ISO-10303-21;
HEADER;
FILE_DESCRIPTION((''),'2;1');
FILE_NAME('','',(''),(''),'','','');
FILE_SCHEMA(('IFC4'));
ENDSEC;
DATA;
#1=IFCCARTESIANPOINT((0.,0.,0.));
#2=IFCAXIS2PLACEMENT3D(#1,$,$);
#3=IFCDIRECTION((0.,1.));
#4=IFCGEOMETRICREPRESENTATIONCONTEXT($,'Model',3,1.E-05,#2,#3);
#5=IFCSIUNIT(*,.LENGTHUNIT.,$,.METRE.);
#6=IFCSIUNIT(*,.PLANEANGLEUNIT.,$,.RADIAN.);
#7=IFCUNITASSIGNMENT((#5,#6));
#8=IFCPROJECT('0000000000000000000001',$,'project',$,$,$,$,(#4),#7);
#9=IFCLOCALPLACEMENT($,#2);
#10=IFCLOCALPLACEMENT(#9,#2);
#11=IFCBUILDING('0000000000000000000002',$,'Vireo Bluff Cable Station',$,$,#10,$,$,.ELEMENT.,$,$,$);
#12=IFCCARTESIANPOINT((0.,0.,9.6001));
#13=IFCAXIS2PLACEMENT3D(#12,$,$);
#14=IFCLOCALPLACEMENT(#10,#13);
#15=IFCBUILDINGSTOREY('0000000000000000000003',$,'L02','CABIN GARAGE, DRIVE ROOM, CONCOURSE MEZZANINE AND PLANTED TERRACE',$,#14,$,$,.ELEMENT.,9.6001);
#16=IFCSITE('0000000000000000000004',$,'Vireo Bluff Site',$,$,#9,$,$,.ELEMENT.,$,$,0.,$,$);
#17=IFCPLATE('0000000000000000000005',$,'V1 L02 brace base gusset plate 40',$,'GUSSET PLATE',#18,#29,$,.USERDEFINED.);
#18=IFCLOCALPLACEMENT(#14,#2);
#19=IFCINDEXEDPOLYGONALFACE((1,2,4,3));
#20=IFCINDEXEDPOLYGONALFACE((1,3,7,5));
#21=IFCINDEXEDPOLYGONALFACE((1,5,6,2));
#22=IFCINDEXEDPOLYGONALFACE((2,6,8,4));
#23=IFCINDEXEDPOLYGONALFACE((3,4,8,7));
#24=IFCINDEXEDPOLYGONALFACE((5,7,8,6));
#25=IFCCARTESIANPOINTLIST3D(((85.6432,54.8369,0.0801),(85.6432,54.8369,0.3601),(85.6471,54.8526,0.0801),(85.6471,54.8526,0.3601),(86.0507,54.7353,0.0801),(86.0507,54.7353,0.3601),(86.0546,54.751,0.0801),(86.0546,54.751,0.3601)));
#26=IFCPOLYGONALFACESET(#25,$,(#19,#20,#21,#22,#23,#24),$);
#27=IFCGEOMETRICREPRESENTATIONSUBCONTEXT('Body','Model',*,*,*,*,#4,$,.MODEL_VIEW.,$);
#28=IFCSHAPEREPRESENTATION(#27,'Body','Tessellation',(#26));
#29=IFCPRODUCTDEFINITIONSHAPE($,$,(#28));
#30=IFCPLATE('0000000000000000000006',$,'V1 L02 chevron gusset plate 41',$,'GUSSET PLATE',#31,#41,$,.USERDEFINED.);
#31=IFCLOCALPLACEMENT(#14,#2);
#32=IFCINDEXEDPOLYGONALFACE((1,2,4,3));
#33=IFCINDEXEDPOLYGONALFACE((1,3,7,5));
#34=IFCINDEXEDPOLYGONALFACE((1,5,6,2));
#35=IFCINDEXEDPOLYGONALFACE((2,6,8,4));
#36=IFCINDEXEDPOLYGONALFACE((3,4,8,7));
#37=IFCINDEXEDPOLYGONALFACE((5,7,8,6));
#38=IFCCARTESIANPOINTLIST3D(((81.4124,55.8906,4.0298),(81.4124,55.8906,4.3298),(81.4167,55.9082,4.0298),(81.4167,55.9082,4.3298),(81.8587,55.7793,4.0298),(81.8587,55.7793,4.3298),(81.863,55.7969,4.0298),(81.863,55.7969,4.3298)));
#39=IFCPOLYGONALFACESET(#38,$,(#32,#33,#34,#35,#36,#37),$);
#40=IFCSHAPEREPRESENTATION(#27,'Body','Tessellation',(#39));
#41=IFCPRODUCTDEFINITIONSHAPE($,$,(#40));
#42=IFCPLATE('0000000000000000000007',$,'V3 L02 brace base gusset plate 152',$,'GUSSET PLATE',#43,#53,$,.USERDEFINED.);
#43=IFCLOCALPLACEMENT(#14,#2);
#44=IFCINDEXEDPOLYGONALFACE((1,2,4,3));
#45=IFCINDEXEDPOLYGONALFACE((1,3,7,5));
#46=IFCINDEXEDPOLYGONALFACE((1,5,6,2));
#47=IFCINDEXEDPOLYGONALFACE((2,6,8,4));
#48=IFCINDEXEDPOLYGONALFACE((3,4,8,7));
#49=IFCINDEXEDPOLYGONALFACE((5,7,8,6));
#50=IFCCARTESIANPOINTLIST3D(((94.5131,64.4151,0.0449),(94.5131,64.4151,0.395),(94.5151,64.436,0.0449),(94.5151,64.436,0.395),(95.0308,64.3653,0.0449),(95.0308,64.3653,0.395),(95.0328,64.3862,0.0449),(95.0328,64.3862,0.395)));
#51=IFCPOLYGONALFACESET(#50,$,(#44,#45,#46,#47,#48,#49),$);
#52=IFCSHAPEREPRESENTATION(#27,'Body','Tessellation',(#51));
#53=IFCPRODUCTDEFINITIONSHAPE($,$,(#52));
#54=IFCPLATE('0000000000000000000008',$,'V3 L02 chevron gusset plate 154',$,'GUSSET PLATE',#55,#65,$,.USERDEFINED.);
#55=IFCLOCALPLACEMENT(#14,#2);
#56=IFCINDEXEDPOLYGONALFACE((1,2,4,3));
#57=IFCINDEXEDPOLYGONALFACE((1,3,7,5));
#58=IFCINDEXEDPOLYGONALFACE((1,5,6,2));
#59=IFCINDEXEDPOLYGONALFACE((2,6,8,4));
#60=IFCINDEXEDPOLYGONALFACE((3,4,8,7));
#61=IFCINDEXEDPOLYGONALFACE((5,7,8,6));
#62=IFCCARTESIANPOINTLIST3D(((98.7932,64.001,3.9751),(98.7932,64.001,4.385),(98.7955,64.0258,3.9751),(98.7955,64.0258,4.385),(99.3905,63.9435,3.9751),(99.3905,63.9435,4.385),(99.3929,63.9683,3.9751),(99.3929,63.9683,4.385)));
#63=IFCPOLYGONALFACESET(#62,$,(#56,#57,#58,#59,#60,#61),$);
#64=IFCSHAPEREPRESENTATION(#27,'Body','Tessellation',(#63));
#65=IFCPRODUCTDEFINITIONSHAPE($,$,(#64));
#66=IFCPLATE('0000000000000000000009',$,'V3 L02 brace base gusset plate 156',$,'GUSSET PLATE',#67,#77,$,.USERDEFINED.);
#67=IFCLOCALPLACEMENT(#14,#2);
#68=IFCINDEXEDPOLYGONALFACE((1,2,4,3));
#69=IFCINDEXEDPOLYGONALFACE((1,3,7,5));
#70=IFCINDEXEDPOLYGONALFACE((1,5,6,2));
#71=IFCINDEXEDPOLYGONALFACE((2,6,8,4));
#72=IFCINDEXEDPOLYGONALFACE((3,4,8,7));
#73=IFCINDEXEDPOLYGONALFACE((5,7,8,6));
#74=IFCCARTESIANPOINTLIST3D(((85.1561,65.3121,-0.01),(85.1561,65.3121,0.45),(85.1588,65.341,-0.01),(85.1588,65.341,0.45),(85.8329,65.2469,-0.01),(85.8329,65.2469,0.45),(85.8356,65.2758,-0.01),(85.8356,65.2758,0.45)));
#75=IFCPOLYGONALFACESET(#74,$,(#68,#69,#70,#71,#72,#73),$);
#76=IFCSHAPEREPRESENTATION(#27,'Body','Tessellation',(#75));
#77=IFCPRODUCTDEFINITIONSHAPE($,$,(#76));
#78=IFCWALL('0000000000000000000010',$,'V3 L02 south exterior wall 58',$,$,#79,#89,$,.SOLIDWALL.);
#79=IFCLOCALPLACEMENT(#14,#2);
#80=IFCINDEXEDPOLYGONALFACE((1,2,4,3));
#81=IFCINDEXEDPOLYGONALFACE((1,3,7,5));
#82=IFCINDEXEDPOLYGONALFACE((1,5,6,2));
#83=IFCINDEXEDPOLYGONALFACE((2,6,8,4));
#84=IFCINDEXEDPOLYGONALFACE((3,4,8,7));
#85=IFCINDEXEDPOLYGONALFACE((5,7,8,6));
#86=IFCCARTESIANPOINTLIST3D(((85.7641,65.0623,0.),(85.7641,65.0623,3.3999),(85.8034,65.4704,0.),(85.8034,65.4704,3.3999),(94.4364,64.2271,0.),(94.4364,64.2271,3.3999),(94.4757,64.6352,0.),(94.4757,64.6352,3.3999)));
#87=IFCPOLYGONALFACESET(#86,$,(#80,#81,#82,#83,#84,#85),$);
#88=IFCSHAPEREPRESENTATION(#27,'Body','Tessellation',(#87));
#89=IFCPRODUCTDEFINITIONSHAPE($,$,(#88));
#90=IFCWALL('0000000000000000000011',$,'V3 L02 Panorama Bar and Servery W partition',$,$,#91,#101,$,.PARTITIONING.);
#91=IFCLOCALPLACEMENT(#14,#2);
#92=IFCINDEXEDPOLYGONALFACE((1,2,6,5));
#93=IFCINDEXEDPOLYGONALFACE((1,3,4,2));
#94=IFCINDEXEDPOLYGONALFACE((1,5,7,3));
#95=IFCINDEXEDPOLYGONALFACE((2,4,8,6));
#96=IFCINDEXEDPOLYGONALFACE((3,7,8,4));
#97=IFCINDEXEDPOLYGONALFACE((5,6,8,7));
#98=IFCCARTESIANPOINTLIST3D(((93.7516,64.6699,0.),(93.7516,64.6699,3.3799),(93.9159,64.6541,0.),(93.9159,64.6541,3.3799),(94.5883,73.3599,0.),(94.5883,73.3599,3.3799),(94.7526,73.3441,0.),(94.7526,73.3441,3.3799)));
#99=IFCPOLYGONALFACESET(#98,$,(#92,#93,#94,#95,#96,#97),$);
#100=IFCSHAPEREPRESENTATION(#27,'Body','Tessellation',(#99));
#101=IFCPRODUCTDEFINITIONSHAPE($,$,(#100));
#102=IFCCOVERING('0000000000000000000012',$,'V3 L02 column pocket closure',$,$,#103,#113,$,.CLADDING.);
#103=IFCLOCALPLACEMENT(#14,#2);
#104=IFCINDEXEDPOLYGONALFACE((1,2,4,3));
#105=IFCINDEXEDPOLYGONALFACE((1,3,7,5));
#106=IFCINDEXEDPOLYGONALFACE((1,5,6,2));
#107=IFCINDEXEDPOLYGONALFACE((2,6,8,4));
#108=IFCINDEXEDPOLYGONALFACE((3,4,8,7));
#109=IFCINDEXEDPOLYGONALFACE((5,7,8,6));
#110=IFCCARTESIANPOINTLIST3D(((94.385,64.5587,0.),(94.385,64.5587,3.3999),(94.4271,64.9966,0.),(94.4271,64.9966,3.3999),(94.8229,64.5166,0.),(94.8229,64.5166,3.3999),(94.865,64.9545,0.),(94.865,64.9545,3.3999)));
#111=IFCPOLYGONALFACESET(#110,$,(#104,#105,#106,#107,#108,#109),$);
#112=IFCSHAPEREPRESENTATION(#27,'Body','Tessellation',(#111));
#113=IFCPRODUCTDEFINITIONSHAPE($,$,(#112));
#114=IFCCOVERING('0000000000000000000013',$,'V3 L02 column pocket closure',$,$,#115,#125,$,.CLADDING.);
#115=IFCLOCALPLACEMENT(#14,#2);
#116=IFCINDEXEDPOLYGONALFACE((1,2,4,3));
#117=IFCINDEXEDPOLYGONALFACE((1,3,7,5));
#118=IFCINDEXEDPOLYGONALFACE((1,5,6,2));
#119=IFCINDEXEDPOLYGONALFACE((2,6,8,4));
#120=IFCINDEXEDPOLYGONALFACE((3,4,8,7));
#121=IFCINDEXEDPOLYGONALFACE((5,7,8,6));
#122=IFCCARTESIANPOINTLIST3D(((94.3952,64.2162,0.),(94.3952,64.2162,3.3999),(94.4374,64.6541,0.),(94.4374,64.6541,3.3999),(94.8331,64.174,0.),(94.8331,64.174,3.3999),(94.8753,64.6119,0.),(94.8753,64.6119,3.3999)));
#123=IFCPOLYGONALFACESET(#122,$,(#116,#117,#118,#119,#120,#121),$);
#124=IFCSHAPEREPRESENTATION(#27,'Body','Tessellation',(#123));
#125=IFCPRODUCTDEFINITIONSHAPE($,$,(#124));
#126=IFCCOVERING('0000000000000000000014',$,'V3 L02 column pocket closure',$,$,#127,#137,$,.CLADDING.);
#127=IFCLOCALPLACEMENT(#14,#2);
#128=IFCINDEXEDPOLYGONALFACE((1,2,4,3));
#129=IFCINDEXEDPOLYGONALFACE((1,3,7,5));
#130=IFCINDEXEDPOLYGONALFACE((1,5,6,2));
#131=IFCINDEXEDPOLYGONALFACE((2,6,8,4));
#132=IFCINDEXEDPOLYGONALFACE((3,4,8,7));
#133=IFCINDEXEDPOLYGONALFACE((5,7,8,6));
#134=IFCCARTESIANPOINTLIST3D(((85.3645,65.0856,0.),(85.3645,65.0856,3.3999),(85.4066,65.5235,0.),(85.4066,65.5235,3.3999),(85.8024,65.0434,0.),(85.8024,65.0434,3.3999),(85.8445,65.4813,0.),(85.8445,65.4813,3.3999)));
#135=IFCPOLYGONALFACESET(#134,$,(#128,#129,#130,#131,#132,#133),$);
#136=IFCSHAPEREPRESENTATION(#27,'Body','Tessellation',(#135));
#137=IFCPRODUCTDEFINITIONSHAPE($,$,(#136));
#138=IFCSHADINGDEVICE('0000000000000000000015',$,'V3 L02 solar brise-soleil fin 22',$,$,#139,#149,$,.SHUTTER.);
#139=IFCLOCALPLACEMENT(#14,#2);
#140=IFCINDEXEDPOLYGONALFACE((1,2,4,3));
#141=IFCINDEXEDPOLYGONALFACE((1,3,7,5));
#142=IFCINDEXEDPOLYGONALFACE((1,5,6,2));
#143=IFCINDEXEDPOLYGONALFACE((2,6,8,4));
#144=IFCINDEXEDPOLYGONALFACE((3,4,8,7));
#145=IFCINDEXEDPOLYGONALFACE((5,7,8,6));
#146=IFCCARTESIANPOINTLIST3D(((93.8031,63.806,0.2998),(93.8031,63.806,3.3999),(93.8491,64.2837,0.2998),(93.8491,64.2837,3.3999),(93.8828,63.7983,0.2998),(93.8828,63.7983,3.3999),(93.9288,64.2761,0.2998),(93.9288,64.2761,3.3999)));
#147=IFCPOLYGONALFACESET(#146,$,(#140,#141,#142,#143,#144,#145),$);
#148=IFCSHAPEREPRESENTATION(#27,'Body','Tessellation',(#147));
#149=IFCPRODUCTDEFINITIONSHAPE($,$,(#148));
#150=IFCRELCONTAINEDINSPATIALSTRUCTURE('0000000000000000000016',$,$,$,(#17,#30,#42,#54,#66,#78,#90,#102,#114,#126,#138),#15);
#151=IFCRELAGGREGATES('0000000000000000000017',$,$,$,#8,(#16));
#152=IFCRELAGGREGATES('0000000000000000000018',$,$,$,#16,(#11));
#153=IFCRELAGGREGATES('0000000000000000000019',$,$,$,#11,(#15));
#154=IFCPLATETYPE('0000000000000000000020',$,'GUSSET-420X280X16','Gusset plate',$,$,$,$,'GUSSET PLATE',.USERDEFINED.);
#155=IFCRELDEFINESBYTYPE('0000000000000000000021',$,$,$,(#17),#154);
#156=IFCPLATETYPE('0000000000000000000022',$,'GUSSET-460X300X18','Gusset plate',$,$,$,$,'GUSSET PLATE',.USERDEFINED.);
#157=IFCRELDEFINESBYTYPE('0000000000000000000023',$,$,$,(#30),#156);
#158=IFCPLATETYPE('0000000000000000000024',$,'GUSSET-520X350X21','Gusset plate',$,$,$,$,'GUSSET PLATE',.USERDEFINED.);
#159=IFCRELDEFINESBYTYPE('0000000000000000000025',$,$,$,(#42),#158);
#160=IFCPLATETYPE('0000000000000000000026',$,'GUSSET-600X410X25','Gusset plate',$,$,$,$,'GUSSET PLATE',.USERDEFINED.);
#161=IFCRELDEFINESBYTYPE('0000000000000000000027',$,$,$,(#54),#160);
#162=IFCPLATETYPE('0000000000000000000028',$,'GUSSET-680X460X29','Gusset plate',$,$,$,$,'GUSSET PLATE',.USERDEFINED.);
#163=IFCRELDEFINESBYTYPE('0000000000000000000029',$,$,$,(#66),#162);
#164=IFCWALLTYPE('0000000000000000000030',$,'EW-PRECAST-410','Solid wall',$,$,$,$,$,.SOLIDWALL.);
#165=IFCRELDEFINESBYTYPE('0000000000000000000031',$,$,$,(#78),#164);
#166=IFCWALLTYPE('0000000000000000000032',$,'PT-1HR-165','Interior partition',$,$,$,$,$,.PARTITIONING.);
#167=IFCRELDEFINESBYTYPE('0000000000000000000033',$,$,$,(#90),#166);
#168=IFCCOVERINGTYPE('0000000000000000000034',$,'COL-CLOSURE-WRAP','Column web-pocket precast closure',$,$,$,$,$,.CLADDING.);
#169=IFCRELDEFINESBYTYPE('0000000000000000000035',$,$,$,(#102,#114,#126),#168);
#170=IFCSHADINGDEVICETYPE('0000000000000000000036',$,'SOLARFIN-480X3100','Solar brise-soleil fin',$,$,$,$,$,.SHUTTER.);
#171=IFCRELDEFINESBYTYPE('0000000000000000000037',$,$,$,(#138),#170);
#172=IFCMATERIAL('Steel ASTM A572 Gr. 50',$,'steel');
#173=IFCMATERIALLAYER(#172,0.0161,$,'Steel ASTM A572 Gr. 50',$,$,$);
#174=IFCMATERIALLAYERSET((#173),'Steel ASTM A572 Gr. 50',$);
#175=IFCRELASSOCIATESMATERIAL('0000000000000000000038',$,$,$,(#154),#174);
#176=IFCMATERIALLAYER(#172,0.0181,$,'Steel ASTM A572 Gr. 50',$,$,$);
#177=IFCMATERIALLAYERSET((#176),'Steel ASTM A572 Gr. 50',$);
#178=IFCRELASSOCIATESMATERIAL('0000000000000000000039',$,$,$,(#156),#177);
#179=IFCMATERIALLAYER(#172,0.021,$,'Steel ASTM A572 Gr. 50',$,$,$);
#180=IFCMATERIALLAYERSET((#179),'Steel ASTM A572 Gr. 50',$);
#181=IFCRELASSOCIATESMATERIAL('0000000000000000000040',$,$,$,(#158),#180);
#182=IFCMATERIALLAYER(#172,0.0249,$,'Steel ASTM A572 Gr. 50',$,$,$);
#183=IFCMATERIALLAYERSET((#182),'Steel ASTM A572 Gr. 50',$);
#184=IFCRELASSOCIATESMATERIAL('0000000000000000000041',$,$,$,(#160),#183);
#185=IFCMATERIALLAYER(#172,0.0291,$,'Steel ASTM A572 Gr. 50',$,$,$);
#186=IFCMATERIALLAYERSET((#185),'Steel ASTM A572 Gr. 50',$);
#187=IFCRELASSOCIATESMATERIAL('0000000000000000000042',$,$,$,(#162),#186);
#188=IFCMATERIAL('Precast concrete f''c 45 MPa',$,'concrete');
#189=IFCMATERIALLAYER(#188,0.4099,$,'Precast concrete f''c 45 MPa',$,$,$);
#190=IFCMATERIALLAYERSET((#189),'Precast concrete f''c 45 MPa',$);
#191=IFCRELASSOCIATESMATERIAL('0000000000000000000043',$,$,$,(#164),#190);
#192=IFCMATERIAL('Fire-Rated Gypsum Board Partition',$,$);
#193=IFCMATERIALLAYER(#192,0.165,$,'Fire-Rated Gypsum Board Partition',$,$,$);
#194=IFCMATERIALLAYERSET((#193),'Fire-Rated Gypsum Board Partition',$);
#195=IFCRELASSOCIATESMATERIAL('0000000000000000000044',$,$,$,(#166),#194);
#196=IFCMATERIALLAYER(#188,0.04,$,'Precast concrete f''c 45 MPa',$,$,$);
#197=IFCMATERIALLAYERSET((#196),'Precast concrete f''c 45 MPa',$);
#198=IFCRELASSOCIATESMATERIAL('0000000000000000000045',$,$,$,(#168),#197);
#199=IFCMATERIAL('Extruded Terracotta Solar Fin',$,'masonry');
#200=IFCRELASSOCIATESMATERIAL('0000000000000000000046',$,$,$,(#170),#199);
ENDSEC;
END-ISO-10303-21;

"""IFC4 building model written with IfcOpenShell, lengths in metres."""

from ifc_helpers import new_model, si_unit, direction, frame, frame_2d, origin, origin_2d, place, context, subcontext, project, spatial, rectangle, extrude, material, layer, layer_set, type_object, element, save


model = new_model("IFC4")

# Units and contexts
model_context = context("Model", 3, precision=1e-05, world=origin(), true_north=direction((0.0, 1.0)))
body_context = subcontext(model_context, "Body", "Model", "MODEL_VIEW")
ifc_project = project(units=[si_unit("LENGTHUNIT", "METRE"), si_unit("PLANEANGLEUNIT", "RADIAN")], contexts=[model_context])

# Site, building, storey
site_placement = place(None, origin())
site = spatial("IfcSite", under=ifc_project, at=site_placement, Name="Vireo Bluff Site", CompositionType="ELEMENT", RefElevation=0.0)
building_placement = place(site_placement, origin())
building = spatial("IfcBuilding", under=site, at=building_placement, Name="Vireo Bluff Cable Station", CompositionType="ELEMENT")
storey_placement = place(building_placement, frame((0.0, 0.0, 9.6001)))
storey = spatial("IfcBuildingStorey", under=building, at=storey_placement, Name="L02", Description="CABIN GARAGE, DRIVE ROOM, CONCOURSE MEZZANINE AND PLANTED TERRACE", CompositionType="ELEMENT", Elevation=9.6001)

# Plates
ifc_material_1 = material(Name="Steel ASTM A572 Gr. 50", Category="steel")
ifc_layer_1 = layer(ifc_material_1, 0.0161, Name="Steel ASTM A572 Gr. 50")
ifc_layer_set_1 = layer_set([ifc_layer_1], Name="Steel ASTM A572 Gr. 50")
plate_type_1 = type_object("IfcPlateType", Name="GUSSET-420X280X16", Description="Gusset plate", ElementType="GUSSET PLATE", PredefinedType="USERDEFINED", material=ifc_layer_set_1)
plate_1_placement = place(storey_placement, frame((85.8489, 54.7939, 0.0801), z_axis=(0.0, 0.0, 1.0), x_axis=(0.970296, -0.241922, 0.0)))
element("IfcPlate", 1, at=plate_1_placement, inside=storey, type_object=plate_type_1, Name="V1 L02 brace base gusset plate 40", ObjectType="GUSSET PLATE", PredefinedType="USERDEFINED", context=body_context, shape_type="SweptSolid", body=[
    extrude(rectangle(XDim=0.4199, YDim=0.0161, at=origin_2d()), origin(), (0.0, 0.0, 1.0), 0.28),
])
ifc_layer_2 = layer(ifc_material_1, 0.0181, Name="Steel ASTM A572 Gr. 50")
ifc_layer_set_2 = layer_set([ifc_layer_2], Name="Steel ASTM A572 Gr. 50")
plate_type_2 = type_object("IfcPlateType", Name="GUSSET-460X300X18", Description="Gusset plate", ElementType="GUSSET PLATE", PredefinedType="USERDEFINED", material=ifc_layer_set_2)
plate_2_placement = place(storey_placement, frame((81.6377, 55.8438, 4.0298), z_axis=(0.0, 0.0, 1.0), x_axis=(0.970296, -0.241922, 0.0)))
element("IfcPlate", 2, at=plate_2_placement, inside=storey, type_object=plate_type_2, Name="V1 L02 chevron gusset plate 41", ObjectType="GUSSET PLATE", PredefinedType="USERDEFINED", context=body_context, shape_type="SweptSolid", body=[
    extrude(rectangle(XDim=0.46, YDim=0.0181, at=origin_2d()), origin(), (0.0, 0.0, 1.0), 0.3),
])
ifc_layer_3 = layer(ifc_material_1, 0.021, Name="Steel ASTM A572 Gr. 50")
ifc_layer_set_3 = layer_set([ifc_layer_3], Name="Steel ASTM A572 Gr. 50")
plate_type_3 = type_object("IfcPlateType", Name="GUSSET-520X350X21", Description="Gusset plate", ElementType="GUSSET PLATE", PredefinedType="USERDEFINED", material=ifc_layer_set_3)
plate_3_placement = place(storey_placement, frame((94.7729, 64.4006, 0.0449), z_axis=(0.0, 0.0, 1.0), x_axis=(0.995396, -0.095846, 0.0)))
element("IfcPlate", 3, at=plate_3_placement, inside=storey, type_object=plate_type_3, Name="V3 L02 brace base gusset plate 152", ObjectType="GUSSET PLATE", PredefinedType="USERDEFINED", context=body_context, shape_type="SweptSolid", body=[
    extrude(rectangle(XDim=0.52, YDim=0.021, at=origin_2d()), origin(), (0.0, 0.0, 1.0), 0.3501),
])
ifc_layer_4 = layer(ifc_material_1, 0.0249, Name="Steel ASTM A572 Gr. 50")
ifc_layer_set_4 = layer_set([ifc_layer_4], Name="Steel ASTM A572 Gr. 50")
plate_type_4 = type_object("IfcPlateType", Name="GUSSET-600X410X25", Description="Gusset plate", ElementType="GUSSET PLATE", PredefinedType="USERDEFINED", material=ifc_layer_set_4)
plate_4_placement = place(storey_placement, frame((99.093, 63.9846, 3.9751), z_axis=(0.0, 0.0, 1.0), x_axis=(0.995396, -0.095846, 0.0)))
element("IfcPlate", 4, at=plate_4_placement, inside=storey, type_object=plate_type_4, Name="V3 L02 chevron gusset plate 154", ObjectType="GUSSET PLATE", PredefinedType="USERDEFINED", context=body_context, shape_type="SweptSolid", body=[
    extrude(rectangle(XDim=0.6001, YDim=0.0249, at=origin_2d()), origin(), (0.0, 0.0, 1.0), 0.4099),
])
ifc_layer_5 = layer(ifc_material_1, 0.0291, Name="Steel ASTM A572 Gr. 50")
ifc_layer_set_5 = layer_set([ifc_layer_5], Name="Steel ASTM A572 Gr. 50")
plate_type_5 = type_object("IfcPlateType", Name="GUSSET-680X460X29", Description="Gusset plate", ElementType="GUSSET PLATE", PredefinedType="USERDEFINED", material=ifc_layer_set_5)
plate_5_placement = place(storey_placement, frame((85.4958, 65.2939, -0.01), z_axis=(0.0, 0.0, 1.0), x_axis=(0.995396, -0.095846, 0.0)))
element("IfcPlate", 5, at=plate_5_placement, inside=storey, type_object=plate_type_5, Name="V3 L02 brace base gusset plate 156", ObjectType="GUSSET PLATE", PredefinedType="USERDEFINED", context=body_context, shape_type="SweptSolid", body=[
    extrude(rectangle(XDim=0.6799, YDim=0.0291, at=origin_2d()), origin(), (0.0, 0.0, 1.0), 0.46),
])

# Walls
ifc_material_2 = material(Name="Precast concrete f'c 45 MPa", Category="concrete")
ifc_layer_6 = layer(ifc_material_2, 0.4099, Name="Precast concrete f'c 45 MPa")
ifc_layer_set_6 = layer_set([ifc_layer_6], Name="Precast concrete f'c 45 MPa")
wall_type_1 = type_object("IfcWallType", Name="EW-PRECAST-410", Description="Solid wall", PredefinedType="SOLIDWALL", material=ifc_layer_set_6)
wall_1_placement = place(storey_placement, frame((94.4561, 64.4312, 0.0), z_axis=(0.0, 0.0, 1.0), x_axis=(-0.995395, 0.095863, 0.0)))
element("IfcWall", 6, at=wall_1_placement, inside=storey, type_object=wall_type_1, Name="V3 L02 south exterior wall 58", PredefinedType="SOLIDWALL", context=body_context, shape_type="SweptSolid", body=[
    extrude(rectangle(XDim=8.7124, YDim=0.4099, at=frame_2d((4.3562, 0.0))), origin(), (0.0, 0.0, 1.0), 3.3999),
])
ifc_material_3 = material(Name="Fire-Rated Gypsum Board Partition")
ifc_layer_7 = layer(ifc_material_3, 0.165, Name="Fire-Rated Gypsum Board Partition")
ifc_layer_set_7 = layer_set([ifc_layer_7], Name="Fire-Rated Gypsum Board Partition")
wall_type_2 = type_object("IfcWallType", Name="PT-1HR-165", Description="Interior partition", PredefinedType="PARTITIONING", material=ifc_layer_set_7)
wall_2_placement = place(storey_placement, frame((93.8337, 64.6619, 0.0), z_axis=(0.0, 0.0, 1.0), x_axis=(0.095837, 0.995397, 0.0)))
element("IfcWall", 7, at=wall_2_placement, inside=storey, type_object=wall_type_2, Name="V3 L02 Panorama Bar and Servery W partition", PredefinedType="PARTITIONING", context=body_context, shape_type="SweptSolid", body=[
    extrude(rectangle(XDim=8.7302, YDim=0.165, at=frame_2d((4.3652, 0.0))), origin(), (0.0, 0.0, 1.0), 3.3799),
])

# Coverings
ifc_layer_8 = layer(ifc_material_2, 0.04, Name="Precast concrete f'c 45 MPa")
ifc_layer_set_8 = layer_set([ifc_layer_8], Name="Precast concrete f'c 45 MPa")
covering_type = type_object("IfcCoveringType", Name="COL-CLOSURE-WRAP", Description="Column web-pocket precast closure", PredefinedType="CLADDING", material=ifc_layer_set_8)
for number, where, z_axis, x_axis, name in (
    (8, (94.625, 64.7566, 0.0), (0.0, 0.0, 1.0), (0.995396, -0.095846, 0.0), "V3 L02 column pocket closure"),
    (9, (94.6353, 64.4141, 0.0), (0.0, 0.0, 1.0), (0.995396, -0.095846, 0.0), "V3 L02 column pocket closure"),
    (10, (85.6045, 65.2834, 0.0), (0.0, 0.0, 1.0), (0.995396, -0.095846, 0.0), "V3 L02 column pocket closure"),
):
    element("IfcCovering", number, at=place(storey_placement, frame(where, z_axis=z_axis, x_axis=x_axis)), inside=storey, type_object=covering_type, Name=name, PredefinedType="CLADDING", context=body_context, shape_type="SweptSolid", body=[
        extrude(rectangle(XDim=0.4399, YDim=0.4399, at=origin_2d()), origin(), (0.0, 0.0, 1.0), 3.3999),
    ])

# Shading device
ifc_material_4 = material(Name="Extruded Terracotta Solar Fin", Category="masonry")
shading_device_type = type_object("IfcShadingDeviceType", Name="SOLARFIN-480X3100", Description="Solar brise-soleil fin", PredefinedType="SHUTTER", material=ifc_material_4)
shading_device_placement = place(storey_placement, frame((93.866, 64.041, 0.2998), z_axis=(0.0, 0.0, 1.0), x_axis=(-0.995396, 0.095846, 0.0)))
element("IfcShadingDevice", 11, at=shading_device_placement, inside=storey, type_object=shading_device_type, Name="V3 L02 solar brise-soleil fin 22", PredefinedType="SHUTTER", context=body_context, shape_type="SweptSolid", body=[
    extrude(rectangle(XDim=0.0801, YDim=0.48, at=origin_2d()), origin(), (0.0, 0.0, 1.0), 3.1001),
])

save(model, "model.ifc")
